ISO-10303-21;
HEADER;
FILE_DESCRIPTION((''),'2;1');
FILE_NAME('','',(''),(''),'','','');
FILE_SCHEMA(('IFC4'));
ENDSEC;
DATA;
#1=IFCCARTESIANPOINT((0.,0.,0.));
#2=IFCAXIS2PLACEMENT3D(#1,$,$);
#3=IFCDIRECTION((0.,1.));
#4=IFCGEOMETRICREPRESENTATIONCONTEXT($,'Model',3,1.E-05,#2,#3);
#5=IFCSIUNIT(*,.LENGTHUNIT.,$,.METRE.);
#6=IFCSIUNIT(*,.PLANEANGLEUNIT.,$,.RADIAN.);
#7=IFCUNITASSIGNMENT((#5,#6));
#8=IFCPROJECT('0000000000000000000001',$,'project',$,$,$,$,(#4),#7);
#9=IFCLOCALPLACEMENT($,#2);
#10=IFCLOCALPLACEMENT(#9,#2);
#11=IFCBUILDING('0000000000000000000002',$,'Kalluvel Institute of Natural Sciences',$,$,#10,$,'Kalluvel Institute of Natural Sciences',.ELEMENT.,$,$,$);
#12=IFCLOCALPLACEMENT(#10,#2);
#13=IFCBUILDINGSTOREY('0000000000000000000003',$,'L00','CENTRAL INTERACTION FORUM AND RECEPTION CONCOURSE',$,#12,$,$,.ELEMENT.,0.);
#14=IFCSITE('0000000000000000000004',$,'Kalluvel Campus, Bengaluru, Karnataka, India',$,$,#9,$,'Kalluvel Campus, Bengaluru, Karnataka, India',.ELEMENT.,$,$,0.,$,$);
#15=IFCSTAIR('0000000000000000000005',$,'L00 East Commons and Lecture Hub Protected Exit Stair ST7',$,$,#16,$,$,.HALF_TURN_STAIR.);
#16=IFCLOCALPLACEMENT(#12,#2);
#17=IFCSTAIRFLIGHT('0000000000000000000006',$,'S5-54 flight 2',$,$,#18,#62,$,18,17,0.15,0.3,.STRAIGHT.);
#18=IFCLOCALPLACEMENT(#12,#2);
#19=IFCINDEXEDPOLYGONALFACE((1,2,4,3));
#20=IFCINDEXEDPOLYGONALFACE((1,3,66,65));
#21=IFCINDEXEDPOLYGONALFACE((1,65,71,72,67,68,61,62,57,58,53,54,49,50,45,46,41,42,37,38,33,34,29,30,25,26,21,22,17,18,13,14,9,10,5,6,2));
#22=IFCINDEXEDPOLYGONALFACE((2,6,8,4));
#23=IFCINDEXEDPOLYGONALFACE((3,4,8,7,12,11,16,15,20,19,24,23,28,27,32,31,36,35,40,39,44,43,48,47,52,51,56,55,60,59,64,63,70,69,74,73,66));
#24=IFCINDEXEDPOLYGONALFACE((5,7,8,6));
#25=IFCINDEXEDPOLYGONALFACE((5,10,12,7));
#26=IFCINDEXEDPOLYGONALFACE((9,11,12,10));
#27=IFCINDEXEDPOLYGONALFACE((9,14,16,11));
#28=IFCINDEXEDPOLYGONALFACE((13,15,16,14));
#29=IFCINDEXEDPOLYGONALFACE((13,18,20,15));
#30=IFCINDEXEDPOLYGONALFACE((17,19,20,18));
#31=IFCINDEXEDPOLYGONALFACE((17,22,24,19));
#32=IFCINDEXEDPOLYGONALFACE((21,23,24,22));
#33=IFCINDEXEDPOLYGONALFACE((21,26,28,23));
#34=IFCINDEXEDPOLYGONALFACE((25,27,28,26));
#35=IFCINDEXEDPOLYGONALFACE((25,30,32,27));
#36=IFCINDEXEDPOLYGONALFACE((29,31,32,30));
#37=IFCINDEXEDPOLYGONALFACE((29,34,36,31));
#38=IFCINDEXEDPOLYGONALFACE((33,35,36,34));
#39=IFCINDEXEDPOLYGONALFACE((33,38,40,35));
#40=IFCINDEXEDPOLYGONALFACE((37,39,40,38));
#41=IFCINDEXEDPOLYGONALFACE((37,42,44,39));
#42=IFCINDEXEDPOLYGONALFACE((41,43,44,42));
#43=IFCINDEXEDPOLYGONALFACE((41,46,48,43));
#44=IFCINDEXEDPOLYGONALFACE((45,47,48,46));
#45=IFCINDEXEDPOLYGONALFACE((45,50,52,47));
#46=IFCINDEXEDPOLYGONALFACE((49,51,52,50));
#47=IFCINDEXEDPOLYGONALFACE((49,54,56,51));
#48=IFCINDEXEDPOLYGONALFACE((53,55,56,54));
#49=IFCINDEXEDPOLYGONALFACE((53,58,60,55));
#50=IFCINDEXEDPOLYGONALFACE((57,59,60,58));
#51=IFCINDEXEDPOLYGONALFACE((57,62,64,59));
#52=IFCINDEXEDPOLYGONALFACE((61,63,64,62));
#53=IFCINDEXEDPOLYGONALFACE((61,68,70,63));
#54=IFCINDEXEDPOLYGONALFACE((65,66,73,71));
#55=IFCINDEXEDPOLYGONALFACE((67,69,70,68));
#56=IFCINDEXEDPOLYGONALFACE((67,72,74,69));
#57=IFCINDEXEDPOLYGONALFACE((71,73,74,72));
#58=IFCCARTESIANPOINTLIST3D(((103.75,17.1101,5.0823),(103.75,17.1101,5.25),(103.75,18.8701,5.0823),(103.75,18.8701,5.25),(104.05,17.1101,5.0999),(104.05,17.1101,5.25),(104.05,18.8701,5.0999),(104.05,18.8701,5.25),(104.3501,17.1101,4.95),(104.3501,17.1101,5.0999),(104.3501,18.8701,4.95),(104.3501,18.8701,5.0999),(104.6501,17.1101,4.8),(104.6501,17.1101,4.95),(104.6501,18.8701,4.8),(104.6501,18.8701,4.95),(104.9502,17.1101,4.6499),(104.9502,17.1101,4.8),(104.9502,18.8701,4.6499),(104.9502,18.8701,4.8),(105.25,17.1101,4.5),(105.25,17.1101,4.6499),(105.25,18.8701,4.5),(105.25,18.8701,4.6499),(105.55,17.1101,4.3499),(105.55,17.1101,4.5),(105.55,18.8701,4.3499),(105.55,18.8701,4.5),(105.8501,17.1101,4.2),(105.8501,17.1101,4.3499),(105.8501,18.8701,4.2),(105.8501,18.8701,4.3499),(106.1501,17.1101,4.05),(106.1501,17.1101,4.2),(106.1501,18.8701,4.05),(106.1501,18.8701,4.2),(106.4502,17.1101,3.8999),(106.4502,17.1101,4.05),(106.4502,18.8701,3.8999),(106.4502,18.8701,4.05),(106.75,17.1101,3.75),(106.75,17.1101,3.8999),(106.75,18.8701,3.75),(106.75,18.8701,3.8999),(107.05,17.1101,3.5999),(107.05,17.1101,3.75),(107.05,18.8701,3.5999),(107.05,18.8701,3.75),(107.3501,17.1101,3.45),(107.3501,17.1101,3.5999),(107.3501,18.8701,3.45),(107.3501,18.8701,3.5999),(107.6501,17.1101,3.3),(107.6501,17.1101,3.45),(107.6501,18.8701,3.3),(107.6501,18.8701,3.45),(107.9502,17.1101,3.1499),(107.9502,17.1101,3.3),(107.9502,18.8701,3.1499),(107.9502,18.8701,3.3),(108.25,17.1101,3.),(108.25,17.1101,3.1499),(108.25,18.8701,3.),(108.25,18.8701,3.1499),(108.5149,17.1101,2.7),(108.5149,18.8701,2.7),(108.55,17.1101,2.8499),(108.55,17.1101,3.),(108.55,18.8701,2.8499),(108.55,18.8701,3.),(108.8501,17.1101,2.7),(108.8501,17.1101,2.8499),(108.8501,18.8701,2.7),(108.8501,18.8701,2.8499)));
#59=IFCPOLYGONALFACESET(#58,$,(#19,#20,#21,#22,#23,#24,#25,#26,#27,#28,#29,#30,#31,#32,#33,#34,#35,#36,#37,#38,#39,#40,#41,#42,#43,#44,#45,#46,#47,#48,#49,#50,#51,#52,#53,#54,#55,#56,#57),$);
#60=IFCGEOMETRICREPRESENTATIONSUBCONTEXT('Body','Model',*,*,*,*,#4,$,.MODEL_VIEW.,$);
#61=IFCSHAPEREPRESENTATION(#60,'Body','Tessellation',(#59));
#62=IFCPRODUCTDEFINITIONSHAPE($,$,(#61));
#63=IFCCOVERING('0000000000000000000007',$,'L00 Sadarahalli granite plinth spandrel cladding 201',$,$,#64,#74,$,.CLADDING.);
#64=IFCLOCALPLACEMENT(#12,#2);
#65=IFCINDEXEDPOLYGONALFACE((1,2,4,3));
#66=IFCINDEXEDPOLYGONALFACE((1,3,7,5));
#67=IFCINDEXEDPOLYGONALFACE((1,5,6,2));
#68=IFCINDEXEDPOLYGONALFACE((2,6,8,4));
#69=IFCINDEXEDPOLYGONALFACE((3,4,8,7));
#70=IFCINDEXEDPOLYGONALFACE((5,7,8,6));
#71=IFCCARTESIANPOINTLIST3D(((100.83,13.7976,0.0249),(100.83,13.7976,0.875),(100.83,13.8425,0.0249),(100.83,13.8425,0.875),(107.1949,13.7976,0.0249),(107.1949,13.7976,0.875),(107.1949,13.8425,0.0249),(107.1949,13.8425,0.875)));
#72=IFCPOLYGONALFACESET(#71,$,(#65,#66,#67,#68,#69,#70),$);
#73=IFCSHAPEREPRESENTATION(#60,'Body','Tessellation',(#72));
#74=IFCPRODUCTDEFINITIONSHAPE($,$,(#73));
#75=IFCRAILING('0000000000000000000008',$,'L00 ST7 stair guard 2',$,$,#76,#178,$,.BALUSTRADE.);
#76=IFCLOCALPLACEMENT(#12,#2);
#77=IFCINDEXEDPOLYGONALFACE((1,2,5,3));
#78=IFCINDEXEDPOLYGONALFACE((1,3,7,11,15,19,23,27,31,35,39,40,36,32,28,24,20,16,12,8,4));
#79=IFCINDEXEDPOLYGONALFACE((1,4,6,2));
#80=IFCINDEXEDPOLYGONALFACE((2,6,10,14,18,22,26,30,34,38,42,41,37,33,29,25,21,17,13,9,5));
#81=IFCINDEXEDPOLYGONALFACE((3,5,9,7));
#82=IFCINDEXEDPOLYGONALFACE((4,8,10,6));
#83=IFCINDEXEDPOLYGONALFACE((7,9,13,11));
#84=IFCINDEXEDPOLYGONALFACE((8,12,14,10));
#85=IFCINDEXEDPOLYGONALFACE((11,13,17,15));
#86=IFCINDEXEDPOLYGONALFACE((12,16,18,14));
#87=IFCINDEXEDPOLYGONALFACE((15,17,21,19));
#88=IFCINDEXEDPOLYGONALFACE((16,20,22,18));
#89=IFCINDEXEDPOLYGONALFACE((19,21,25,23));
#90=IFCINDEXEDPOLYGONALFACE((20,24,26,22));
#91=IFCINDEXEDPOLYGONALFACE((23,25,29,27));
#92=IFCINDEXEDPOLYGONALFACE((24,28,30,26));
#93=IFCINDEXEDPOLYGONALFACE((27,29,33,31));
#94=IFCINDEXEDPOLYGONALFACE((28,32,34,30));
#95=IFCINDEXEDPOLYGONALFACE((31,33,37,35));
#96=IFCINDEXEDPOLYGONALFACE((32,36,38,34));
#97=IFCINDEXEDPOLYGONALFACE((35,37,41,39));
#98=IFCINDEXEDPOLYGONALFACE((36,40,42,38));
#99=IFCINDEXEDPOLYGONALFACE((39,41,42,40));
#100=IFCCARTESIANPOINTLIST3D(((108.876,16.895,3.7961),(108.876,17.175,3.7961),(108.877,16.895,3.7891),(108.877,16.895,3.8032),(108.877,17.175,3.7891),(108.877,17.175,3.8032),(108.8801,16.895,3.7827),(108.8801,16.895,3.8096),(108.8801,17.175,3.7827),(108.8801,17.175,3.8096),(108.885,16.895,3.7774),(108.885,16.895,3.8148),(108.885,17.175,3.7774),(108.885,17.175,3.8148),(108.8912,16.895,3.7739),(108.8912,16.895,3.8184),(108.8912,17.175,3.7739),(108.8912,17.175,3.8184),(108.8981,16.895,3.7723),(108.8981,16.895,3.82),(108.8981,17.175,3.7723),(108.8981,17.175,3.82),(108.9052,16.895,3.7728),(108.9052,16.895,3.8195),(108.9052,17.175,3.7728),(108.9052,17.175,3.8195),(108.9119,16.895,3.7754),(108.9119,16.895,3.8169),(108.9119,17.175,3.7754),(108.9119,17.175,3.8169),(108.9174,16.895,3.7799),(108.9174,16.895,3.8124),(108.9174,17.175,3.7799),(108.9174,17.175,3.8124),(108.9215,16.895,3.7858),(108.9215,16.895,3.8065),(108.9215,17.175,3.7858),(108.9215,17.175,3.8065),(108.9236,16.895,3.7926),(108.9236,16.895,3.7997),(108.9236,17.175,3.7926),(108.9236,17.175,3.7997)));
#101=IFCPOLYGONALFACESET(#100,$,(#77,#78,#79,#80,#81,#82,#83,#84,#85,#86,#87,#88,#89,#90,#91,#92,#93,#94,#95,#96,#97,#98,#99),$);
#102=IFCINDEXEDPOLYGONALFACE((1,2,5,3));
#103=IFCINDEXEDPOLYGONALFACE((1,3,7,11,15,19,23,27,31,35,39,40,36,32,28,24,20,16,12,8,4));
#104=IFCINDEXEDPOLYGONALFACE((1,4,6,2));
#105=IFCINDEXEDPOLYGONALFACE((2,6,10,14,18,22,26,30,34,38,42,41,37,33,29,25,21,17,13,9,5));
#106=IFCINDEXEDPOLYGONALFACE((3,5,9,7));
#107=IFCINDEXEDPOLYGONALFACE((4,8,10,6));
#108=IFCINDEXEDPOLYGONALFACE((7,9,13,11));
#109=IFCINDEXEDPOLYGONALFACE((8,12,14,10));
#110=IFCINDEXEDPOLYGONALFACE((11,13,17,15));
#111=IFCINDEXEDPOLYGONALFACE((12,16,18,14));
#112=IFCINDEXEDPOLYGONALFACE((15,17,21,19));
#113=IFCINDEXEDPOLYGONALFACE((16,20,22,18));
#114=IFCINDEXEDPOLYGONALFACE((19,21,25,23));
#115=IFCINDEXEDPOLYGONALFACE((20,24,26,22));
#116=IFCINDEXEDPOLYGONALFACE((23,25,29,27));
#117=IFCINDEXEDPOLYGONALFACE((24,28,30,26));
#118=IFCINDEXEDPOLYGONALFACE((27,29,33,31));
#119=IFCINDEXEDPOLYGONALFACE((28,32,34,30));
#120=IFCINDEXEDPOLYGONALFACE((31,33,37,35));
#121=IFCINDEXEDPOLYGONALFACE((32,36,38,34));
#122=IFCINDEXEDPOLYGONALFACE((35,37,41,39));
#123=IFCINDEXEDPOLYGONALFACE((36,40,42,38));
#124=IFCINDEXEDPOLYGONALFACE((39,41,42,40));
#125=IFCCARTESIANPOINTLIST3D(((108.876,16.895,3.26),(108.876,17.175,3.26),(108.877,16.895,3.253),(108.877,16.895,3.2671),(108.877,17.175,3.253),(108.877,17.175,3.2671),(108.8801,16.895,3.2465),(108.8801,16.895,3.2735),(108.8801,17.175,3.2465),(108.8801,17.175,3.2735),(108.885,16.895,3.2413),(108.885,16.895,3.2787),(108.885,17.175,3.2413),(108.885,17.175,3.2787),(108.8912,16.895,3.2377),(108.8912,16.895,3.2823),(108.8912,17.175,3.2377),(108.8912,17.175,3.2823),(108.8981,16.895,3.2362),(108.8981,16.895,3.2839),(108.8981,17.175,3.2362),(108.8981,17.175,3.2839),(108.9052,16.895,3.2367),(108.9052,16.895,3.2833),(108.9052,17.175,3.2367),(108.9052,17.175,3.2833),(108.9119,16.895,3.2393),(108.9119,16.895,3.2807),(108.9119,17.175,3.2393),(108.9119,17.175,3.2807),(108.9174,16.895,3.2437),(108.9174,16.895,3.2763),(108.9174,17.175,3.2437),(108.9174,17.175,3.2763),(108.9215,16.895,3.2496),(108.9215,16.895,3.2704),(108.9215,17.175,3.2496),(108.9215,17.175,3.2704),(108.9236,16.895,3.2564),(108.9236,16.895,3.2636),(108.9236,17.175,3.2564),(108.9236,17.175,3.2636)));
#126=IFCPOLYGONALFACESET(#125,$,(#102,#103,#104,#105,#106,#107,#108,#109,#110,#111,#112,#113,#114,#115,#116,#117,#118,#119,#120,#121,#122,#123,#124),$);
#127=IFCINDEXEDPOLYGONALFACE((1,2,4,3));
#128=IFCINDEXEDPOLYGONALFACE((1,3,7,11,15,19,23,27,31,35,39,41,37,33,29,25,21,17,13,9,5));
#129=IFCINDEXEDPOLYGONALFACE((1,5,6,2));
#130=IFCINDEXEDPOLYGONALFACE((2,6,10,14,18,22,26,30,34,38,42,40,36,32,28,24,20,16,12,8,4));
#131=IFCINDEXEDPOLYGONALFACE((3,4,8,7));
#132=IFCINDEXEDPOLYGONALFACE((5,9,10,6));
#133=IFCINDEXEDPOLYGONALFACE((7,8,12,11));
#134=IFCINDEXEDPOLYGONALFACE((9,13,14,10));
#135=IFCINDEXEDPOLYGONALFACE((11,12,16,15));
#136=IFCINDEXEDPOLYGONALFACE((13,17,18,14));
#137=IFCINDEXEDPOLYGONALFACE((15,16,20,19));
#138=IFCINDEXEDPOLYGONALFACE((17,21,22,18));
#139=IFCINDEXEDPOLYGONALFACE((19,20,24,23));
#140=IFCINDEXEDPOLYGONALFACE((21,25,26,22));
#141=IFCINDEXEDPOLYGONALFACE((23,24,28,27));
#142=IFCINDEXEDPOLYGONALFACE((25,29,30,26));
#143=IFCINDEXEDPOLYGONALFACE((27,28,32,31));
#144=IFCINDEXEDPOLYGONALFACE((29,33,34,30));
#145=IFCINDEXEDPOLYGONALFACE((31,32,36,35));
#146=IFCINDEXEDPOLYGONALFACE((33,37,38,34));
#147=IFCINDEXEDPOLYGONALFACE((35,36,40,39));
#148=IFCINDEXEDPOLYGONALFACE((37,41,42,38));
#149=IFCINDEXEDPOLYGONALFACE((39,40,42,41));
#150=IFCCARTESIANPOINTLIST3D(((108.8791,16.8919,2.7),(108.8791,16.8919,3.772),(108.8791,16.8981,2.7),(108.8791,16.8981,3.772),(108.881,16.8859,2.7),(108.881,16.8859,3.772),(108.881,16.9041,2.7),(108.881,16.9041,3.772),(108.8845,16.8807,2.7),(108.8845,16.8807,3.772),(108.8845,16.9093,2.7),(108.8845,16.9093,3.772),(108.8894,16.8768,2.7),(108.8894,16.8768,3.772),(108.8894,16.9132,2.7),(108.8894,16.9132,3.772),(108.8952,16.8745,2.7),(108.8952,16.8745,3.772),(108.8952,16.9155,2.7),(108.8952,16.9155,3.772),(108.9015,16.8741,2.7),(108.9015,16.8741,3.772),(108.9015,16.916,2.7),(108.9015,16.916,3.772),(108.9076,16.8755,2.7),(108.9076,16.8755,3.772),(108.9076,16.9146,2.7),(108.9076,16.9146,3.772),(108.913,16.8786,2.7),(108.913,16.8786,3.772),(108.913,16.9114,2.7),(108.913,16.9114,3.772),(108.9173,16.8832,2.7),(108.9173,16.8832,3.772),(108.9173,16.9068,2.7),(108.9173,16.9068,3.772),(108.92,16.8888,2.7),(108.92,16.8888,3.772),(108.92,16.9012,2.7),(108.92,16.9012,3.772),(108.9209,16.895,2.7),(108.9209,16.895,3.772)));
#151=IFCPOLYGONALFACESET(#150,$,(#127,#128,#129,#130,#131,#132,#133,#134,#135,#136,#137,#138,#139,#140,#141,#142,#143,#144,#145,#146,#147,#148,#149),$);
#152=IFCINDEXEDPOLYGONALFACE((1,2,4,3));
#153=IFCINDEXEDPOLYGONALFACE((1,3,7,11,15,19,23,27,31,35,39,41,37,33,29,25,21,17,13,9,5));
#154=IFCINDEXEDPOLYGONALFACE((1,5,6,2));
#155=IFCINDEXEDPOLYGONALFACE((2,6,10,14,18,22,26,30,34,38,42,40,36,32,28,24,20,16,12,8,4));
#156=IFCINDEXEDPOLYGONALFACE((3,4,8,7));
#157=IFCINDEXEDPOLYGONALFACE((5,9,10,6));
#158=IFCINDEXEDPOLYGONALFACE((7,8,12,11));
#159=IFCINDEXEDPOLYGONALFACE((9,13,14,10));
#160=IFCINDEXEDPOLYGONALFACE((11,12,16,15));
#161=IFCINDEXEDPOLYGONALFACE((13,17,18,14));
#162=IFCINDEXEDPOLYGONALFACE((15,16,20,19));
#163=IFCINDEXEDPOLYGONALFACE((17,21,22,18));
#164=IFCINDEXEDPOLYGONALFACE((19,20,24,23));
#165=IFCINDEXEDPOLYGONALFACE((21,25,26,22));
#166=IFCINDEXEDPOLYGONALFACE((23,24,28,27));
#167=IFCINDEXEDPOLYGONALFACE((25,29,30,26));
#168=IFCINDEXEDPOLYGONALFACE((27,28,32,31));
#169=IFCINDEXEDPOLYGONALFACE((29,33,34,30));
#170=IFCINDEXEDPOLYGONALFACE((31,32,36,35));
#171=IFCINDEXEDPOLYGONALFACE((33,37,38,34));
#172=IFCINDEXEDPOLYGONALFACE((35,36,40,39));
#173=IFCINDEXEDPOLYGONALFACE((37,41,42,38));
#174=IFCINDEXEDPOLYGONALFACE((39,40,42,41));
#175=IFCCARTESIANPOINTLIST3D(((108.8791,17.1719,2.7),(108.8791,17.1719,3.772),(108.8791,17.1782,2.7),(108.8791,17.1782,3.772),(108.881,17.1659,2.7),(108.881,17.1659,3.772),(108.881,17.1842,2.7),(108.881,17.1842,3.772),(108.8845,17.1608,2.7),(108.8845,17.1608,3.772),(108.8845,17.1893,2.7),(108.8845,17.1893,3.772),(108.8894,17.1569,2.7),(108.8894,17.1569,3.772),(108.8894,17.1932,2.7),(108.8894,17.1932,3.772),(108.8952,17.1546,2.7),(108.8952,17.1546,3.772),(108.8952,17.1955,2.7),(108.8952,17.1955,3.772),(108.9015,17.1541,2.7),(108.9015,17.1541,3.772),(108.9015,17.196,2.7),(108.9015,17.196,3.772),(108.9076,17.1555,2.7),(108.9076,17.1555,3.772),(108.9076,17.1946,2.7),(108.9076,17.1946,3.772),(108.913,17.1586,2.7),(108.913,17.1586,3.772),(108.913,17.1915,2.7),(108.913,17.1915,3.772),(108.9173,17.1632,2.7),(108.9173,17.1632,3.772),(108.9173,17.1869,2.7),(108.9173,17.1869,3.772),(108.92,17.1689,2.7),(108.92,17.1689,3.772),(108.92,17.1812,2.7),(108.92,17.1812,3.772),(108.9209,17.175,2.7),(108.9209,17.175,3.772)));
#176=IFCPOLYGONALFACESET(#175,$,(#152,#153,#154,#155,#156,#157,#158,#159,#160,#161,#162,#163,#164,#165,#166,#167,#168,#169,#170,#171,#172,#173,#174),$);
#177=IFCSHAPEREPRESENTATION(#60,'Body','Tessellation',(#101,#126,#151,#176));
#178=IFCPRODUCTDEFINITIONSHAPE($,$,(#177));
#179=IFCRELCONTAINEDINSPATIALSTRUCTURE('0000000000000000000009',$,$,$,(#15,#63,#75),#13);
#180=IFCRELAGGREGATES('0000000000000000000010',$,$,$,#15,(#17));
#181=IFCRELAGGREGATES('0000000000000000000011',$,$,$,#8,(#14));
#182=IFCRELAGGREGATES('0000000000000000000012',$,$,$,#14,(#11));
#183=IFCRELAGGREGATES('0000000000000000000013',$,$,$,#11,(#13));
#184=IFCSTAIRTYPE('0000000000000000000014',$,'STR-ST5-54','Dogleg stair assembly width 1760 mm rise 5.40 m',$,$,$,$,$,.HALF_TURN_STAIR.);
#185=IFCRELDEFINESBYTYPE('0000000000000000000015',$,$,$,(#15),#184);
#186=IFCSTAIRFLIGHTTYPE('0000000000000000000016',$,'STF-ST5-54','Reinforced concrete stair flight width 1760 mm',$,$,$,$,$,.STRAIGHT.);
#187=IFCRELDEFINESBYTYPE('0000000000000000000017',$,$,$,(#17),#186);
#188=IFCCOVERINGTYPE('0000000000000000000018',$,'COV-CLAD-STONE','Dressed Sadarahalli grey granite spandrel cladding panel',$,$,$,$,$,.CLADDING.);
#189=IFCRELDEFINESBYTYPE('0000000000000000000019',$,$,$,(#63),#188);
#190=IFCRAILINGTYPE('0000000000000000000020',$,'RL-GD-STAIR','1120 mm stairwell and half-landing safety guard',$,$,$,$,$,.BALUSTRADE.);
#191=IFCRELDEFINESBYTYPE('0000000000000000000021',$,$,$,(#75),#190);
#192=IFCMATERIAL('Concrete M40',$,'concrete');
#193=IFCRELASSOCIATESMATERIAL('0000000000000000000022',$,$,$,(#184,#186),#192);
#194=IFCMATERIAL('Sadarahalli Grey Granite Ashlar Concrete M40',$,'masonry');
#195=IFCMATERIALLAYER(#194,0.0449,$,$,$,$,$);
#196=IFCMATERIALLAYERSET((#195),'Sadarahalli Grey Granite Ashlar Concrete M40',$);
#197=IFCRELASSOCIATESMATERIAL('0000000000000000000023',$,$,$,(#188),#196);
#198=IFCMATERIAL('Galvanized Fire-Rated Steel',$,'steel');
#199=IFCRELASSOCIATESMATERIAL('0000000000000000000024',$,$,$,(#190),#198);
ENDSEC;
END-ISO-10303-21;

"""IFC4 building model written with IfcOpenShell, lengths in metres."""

from ifc_helpers import new_model, si_unit, direction, frame, origin, origin_2d, place, context, subcontext, project, spatial, polyline, rectangle, circle, outline, extrude, material, layer, layer_set, type_object, element, aggregate, save


model = new_model("IFC4")

# Units and contexts
model_context = context("Model", 3, precision=1e-05, world=origin(), true_north=direction((0.0, 1.0)))
body_context = subcontext(model_context, "Body", "Model", "MODEL_VIEW")
ifc_project = project(units=[si_unit("LENGTHUNIT", "METRE"), si_unit("PLANEANGLEUNIT", "RADIAN")], contexts=[model_context])

# Site, building, storey
site_placement = place(None, origin())
site = spatial("IfcSite", under=ifc_project, at=site_placement, Name="Kalluvel Campus, Bengaluru, Karnataka, India", LongName="Kalluvel Campus, Bengaluru, Karnataka, India", CompositionType="ELEMENT", RefElevation=0.0)
building_placement = place(site_placement, origin())
building = spatial("IfcBuilding", under=site, at=building_placement, Name="Kalluvel Institute of Natural Sciences", LongName="Kalluvel Institute of Natural Sciences", CompositionType="ELEMENT")
storey_placement = place(building_placement, origin())
storey = spatial("IfcBuildingStorey", under=building, at=storey_placement, Name="L00", Description="CENTRAL INTERACTION FORUM AND RECEPTION CONCOURSE", CompositionType="ELEMENT", Elevation=0.0)

# Shared definitions
ifc_material_1 = material(Name="Concrete M40", Category="concrete")

# Shared definitions
ifc_material_2 = material(Name="Sadarahalli Grey Granite Ashlar Concrete M40", Category="masonry")

# Stair, stair flight
stair_type = type_object("IfcStairType", Name="STR-ST5-54", Description="Dogleg stair assembly width 1760 mm rise 5.40 m", PredefinedType="HALF_TURN_STAIR", material=ifc_material_1)
stair_placement = place(storey_placement, origin())
stair = element("IfcStair", 1, at=stair_placement, inside=storey, type_object=stair_type, Name="L00 East Commons and Lecture Hub Protected Exit Stair ST7", PredefinedType="HALF_TURN_STAIR")
stair_flight_type = type_object("IfcStairFlightType", Name="STF-ST5-54", Description="Reinforced concrete stair flight width 1760 mm", PredefinedType="STRAIGHT", material=ifc_material_1)
stair_flight_1_placement = place(storey_placement, frame((108.8501, 17.99, 2.7), z_axis=(0.0, 0.0, 1.0), x_axis=(-1.0, 0.0, 0.0)))
stair_flight_1 = element("IfcStairFlight", 2, at=stair_flight_1_placement, type_object=stair_flight_type, Name="S5-54 flight 2", NumberOfRisers=18, NumberOfTreads=17, PredefinedType="STRAIGHT", RiserHeight=0.15, TreadLength=0.3, context=body_context, shape_type="SweptSolid", body=[
    extrude(outline(polyline([(0.0, 0.0), (0.0, 0.1499), (0.3, 0.1499), (0.3, 0.3), (0.6001, 0.3), (0.6001, 0.45), (0.8999, 0.45), (0.8999, 0.6001), (1.2, 0.6001), (1.2, 0.75), (1.5, 0.75), (1.5, 0.8999), (1.8, 0.8999), (1.8, 1.05), (2.1001, 1.05), (2.1001, 1.2), (2.3999, 1.2), (2.3999, 1.3501), (2.7, 1.3501), (2.7, 1.5), (3.0, 1.5), (3.0, 1.6499), (3.3, 1.6499), (3.3, 1.8), (3.6001, 1.8), (3.6001, 1.95), (3.8999, 1.95), (3.8999, 2.1001), (4.2, 2.1001), (4.2, 2.25), (4.5, 2.25), (4.5, 2.3999), (4.8, 2.3999), (4.8, 2.55), (5.1001, 2.55), (5.1001, 2.7), (5.1001, 2.3823), (0.3352, 0.0), (0.0, 0.0)])), frame((0.0, 0.8799, 0.0), z_axis=(0.0, -1.0, 0.0), x_axis=(1.0, 0.0, 0.0)), (0.0, 0.0, 1.0), 1.76),
])
aggregate(stair, [stair_flight_1])

# Covering
ifc_layer_1 = layer(ifc_material_2, 0.0449)
ifc_layer_set_1 = layer_set([ifc_layer_1], Name="Sadarahalli Grey Granite Ashlar Concrete M40")
covering_type = type_object("IfcCoveringType", Name="COV-CLAD-STONE", Description="Dressed Sadarahalli grey granite spandrel cladding panel", PredefinedType="CLADDING", material=ifc_layer_set_1)
covering_placement = place(storey_placement, frame((104.0125, 13.8201, 0.0249), z_axis=(0.0, 0.0, 1.0), x_axis=(1.0, 0.0, 0.0)))
element("IfcCovering", 3, at=covering_placement, inside=storey, type_object=covering_type, Name="L00 Sadarahalli granite plinth spandrel cladding 201", PredefinedType="CLADDING", context=body_context, shape_type="SweptSolid", body=[
    extrude(rectangle(XDim=6.365, YDim=0.0449, at=origin_2d()), origin(), (0.0, 0.0, 1.0), 0.8501),
])

# Railing
ifc_material_3 = material(Name="Galvanized Fire-Rated Steel", Category="steel")
railing_type_1 = type_object("IfcRailingType", Name="RL-GD-STAIR", Description="1120 mm stairwell and half-landing safety guard", PredefinedType="BALUSTRADE", material=ifc_material_3)
railing_1_placement = place(storey_placement, frame((108.8999, 16.895, 2.7)))
element("IfcRailing", 4, at=railing_1_placement, inside=storey, type_object=railing_type_1, Name="L00 ST7 stair guard 2", PredefinedType="BALUSTRADE", context=body_context, shape_type="SweptSolid", body=[
    extrude(circle(Radius=0.0239, at=origin_2d()), frame((0.0, 0.0, 1.0962), z_axis=(0.0, 1.0, 0.0), x_axis=(-1.0, 0.0, 0.0)), (0.0, 0.0, 1.0), 0.28),
    extrude(circle(Radius=0.0239, at=origin_2d()), frame((0.0, 0.0, 0.5601), z_axis=(0.0, 1.0, 0.0), x_axis=(-1.0, 0.0, 0.0)), (0.0, 0.0, 1.0), 0.28),
    extrude(circle(Radius=0.021, at=origin_2d()), origin(), (0.0, 0.0, 1.0), 1.072),
    extrude(circle(Radius=0.021, at=origin_2d()), frame((0.0, 0.28, 0.0)), (0.0, 0.0, 1.0), 1.072),
])

save(model, "model.ifc")
